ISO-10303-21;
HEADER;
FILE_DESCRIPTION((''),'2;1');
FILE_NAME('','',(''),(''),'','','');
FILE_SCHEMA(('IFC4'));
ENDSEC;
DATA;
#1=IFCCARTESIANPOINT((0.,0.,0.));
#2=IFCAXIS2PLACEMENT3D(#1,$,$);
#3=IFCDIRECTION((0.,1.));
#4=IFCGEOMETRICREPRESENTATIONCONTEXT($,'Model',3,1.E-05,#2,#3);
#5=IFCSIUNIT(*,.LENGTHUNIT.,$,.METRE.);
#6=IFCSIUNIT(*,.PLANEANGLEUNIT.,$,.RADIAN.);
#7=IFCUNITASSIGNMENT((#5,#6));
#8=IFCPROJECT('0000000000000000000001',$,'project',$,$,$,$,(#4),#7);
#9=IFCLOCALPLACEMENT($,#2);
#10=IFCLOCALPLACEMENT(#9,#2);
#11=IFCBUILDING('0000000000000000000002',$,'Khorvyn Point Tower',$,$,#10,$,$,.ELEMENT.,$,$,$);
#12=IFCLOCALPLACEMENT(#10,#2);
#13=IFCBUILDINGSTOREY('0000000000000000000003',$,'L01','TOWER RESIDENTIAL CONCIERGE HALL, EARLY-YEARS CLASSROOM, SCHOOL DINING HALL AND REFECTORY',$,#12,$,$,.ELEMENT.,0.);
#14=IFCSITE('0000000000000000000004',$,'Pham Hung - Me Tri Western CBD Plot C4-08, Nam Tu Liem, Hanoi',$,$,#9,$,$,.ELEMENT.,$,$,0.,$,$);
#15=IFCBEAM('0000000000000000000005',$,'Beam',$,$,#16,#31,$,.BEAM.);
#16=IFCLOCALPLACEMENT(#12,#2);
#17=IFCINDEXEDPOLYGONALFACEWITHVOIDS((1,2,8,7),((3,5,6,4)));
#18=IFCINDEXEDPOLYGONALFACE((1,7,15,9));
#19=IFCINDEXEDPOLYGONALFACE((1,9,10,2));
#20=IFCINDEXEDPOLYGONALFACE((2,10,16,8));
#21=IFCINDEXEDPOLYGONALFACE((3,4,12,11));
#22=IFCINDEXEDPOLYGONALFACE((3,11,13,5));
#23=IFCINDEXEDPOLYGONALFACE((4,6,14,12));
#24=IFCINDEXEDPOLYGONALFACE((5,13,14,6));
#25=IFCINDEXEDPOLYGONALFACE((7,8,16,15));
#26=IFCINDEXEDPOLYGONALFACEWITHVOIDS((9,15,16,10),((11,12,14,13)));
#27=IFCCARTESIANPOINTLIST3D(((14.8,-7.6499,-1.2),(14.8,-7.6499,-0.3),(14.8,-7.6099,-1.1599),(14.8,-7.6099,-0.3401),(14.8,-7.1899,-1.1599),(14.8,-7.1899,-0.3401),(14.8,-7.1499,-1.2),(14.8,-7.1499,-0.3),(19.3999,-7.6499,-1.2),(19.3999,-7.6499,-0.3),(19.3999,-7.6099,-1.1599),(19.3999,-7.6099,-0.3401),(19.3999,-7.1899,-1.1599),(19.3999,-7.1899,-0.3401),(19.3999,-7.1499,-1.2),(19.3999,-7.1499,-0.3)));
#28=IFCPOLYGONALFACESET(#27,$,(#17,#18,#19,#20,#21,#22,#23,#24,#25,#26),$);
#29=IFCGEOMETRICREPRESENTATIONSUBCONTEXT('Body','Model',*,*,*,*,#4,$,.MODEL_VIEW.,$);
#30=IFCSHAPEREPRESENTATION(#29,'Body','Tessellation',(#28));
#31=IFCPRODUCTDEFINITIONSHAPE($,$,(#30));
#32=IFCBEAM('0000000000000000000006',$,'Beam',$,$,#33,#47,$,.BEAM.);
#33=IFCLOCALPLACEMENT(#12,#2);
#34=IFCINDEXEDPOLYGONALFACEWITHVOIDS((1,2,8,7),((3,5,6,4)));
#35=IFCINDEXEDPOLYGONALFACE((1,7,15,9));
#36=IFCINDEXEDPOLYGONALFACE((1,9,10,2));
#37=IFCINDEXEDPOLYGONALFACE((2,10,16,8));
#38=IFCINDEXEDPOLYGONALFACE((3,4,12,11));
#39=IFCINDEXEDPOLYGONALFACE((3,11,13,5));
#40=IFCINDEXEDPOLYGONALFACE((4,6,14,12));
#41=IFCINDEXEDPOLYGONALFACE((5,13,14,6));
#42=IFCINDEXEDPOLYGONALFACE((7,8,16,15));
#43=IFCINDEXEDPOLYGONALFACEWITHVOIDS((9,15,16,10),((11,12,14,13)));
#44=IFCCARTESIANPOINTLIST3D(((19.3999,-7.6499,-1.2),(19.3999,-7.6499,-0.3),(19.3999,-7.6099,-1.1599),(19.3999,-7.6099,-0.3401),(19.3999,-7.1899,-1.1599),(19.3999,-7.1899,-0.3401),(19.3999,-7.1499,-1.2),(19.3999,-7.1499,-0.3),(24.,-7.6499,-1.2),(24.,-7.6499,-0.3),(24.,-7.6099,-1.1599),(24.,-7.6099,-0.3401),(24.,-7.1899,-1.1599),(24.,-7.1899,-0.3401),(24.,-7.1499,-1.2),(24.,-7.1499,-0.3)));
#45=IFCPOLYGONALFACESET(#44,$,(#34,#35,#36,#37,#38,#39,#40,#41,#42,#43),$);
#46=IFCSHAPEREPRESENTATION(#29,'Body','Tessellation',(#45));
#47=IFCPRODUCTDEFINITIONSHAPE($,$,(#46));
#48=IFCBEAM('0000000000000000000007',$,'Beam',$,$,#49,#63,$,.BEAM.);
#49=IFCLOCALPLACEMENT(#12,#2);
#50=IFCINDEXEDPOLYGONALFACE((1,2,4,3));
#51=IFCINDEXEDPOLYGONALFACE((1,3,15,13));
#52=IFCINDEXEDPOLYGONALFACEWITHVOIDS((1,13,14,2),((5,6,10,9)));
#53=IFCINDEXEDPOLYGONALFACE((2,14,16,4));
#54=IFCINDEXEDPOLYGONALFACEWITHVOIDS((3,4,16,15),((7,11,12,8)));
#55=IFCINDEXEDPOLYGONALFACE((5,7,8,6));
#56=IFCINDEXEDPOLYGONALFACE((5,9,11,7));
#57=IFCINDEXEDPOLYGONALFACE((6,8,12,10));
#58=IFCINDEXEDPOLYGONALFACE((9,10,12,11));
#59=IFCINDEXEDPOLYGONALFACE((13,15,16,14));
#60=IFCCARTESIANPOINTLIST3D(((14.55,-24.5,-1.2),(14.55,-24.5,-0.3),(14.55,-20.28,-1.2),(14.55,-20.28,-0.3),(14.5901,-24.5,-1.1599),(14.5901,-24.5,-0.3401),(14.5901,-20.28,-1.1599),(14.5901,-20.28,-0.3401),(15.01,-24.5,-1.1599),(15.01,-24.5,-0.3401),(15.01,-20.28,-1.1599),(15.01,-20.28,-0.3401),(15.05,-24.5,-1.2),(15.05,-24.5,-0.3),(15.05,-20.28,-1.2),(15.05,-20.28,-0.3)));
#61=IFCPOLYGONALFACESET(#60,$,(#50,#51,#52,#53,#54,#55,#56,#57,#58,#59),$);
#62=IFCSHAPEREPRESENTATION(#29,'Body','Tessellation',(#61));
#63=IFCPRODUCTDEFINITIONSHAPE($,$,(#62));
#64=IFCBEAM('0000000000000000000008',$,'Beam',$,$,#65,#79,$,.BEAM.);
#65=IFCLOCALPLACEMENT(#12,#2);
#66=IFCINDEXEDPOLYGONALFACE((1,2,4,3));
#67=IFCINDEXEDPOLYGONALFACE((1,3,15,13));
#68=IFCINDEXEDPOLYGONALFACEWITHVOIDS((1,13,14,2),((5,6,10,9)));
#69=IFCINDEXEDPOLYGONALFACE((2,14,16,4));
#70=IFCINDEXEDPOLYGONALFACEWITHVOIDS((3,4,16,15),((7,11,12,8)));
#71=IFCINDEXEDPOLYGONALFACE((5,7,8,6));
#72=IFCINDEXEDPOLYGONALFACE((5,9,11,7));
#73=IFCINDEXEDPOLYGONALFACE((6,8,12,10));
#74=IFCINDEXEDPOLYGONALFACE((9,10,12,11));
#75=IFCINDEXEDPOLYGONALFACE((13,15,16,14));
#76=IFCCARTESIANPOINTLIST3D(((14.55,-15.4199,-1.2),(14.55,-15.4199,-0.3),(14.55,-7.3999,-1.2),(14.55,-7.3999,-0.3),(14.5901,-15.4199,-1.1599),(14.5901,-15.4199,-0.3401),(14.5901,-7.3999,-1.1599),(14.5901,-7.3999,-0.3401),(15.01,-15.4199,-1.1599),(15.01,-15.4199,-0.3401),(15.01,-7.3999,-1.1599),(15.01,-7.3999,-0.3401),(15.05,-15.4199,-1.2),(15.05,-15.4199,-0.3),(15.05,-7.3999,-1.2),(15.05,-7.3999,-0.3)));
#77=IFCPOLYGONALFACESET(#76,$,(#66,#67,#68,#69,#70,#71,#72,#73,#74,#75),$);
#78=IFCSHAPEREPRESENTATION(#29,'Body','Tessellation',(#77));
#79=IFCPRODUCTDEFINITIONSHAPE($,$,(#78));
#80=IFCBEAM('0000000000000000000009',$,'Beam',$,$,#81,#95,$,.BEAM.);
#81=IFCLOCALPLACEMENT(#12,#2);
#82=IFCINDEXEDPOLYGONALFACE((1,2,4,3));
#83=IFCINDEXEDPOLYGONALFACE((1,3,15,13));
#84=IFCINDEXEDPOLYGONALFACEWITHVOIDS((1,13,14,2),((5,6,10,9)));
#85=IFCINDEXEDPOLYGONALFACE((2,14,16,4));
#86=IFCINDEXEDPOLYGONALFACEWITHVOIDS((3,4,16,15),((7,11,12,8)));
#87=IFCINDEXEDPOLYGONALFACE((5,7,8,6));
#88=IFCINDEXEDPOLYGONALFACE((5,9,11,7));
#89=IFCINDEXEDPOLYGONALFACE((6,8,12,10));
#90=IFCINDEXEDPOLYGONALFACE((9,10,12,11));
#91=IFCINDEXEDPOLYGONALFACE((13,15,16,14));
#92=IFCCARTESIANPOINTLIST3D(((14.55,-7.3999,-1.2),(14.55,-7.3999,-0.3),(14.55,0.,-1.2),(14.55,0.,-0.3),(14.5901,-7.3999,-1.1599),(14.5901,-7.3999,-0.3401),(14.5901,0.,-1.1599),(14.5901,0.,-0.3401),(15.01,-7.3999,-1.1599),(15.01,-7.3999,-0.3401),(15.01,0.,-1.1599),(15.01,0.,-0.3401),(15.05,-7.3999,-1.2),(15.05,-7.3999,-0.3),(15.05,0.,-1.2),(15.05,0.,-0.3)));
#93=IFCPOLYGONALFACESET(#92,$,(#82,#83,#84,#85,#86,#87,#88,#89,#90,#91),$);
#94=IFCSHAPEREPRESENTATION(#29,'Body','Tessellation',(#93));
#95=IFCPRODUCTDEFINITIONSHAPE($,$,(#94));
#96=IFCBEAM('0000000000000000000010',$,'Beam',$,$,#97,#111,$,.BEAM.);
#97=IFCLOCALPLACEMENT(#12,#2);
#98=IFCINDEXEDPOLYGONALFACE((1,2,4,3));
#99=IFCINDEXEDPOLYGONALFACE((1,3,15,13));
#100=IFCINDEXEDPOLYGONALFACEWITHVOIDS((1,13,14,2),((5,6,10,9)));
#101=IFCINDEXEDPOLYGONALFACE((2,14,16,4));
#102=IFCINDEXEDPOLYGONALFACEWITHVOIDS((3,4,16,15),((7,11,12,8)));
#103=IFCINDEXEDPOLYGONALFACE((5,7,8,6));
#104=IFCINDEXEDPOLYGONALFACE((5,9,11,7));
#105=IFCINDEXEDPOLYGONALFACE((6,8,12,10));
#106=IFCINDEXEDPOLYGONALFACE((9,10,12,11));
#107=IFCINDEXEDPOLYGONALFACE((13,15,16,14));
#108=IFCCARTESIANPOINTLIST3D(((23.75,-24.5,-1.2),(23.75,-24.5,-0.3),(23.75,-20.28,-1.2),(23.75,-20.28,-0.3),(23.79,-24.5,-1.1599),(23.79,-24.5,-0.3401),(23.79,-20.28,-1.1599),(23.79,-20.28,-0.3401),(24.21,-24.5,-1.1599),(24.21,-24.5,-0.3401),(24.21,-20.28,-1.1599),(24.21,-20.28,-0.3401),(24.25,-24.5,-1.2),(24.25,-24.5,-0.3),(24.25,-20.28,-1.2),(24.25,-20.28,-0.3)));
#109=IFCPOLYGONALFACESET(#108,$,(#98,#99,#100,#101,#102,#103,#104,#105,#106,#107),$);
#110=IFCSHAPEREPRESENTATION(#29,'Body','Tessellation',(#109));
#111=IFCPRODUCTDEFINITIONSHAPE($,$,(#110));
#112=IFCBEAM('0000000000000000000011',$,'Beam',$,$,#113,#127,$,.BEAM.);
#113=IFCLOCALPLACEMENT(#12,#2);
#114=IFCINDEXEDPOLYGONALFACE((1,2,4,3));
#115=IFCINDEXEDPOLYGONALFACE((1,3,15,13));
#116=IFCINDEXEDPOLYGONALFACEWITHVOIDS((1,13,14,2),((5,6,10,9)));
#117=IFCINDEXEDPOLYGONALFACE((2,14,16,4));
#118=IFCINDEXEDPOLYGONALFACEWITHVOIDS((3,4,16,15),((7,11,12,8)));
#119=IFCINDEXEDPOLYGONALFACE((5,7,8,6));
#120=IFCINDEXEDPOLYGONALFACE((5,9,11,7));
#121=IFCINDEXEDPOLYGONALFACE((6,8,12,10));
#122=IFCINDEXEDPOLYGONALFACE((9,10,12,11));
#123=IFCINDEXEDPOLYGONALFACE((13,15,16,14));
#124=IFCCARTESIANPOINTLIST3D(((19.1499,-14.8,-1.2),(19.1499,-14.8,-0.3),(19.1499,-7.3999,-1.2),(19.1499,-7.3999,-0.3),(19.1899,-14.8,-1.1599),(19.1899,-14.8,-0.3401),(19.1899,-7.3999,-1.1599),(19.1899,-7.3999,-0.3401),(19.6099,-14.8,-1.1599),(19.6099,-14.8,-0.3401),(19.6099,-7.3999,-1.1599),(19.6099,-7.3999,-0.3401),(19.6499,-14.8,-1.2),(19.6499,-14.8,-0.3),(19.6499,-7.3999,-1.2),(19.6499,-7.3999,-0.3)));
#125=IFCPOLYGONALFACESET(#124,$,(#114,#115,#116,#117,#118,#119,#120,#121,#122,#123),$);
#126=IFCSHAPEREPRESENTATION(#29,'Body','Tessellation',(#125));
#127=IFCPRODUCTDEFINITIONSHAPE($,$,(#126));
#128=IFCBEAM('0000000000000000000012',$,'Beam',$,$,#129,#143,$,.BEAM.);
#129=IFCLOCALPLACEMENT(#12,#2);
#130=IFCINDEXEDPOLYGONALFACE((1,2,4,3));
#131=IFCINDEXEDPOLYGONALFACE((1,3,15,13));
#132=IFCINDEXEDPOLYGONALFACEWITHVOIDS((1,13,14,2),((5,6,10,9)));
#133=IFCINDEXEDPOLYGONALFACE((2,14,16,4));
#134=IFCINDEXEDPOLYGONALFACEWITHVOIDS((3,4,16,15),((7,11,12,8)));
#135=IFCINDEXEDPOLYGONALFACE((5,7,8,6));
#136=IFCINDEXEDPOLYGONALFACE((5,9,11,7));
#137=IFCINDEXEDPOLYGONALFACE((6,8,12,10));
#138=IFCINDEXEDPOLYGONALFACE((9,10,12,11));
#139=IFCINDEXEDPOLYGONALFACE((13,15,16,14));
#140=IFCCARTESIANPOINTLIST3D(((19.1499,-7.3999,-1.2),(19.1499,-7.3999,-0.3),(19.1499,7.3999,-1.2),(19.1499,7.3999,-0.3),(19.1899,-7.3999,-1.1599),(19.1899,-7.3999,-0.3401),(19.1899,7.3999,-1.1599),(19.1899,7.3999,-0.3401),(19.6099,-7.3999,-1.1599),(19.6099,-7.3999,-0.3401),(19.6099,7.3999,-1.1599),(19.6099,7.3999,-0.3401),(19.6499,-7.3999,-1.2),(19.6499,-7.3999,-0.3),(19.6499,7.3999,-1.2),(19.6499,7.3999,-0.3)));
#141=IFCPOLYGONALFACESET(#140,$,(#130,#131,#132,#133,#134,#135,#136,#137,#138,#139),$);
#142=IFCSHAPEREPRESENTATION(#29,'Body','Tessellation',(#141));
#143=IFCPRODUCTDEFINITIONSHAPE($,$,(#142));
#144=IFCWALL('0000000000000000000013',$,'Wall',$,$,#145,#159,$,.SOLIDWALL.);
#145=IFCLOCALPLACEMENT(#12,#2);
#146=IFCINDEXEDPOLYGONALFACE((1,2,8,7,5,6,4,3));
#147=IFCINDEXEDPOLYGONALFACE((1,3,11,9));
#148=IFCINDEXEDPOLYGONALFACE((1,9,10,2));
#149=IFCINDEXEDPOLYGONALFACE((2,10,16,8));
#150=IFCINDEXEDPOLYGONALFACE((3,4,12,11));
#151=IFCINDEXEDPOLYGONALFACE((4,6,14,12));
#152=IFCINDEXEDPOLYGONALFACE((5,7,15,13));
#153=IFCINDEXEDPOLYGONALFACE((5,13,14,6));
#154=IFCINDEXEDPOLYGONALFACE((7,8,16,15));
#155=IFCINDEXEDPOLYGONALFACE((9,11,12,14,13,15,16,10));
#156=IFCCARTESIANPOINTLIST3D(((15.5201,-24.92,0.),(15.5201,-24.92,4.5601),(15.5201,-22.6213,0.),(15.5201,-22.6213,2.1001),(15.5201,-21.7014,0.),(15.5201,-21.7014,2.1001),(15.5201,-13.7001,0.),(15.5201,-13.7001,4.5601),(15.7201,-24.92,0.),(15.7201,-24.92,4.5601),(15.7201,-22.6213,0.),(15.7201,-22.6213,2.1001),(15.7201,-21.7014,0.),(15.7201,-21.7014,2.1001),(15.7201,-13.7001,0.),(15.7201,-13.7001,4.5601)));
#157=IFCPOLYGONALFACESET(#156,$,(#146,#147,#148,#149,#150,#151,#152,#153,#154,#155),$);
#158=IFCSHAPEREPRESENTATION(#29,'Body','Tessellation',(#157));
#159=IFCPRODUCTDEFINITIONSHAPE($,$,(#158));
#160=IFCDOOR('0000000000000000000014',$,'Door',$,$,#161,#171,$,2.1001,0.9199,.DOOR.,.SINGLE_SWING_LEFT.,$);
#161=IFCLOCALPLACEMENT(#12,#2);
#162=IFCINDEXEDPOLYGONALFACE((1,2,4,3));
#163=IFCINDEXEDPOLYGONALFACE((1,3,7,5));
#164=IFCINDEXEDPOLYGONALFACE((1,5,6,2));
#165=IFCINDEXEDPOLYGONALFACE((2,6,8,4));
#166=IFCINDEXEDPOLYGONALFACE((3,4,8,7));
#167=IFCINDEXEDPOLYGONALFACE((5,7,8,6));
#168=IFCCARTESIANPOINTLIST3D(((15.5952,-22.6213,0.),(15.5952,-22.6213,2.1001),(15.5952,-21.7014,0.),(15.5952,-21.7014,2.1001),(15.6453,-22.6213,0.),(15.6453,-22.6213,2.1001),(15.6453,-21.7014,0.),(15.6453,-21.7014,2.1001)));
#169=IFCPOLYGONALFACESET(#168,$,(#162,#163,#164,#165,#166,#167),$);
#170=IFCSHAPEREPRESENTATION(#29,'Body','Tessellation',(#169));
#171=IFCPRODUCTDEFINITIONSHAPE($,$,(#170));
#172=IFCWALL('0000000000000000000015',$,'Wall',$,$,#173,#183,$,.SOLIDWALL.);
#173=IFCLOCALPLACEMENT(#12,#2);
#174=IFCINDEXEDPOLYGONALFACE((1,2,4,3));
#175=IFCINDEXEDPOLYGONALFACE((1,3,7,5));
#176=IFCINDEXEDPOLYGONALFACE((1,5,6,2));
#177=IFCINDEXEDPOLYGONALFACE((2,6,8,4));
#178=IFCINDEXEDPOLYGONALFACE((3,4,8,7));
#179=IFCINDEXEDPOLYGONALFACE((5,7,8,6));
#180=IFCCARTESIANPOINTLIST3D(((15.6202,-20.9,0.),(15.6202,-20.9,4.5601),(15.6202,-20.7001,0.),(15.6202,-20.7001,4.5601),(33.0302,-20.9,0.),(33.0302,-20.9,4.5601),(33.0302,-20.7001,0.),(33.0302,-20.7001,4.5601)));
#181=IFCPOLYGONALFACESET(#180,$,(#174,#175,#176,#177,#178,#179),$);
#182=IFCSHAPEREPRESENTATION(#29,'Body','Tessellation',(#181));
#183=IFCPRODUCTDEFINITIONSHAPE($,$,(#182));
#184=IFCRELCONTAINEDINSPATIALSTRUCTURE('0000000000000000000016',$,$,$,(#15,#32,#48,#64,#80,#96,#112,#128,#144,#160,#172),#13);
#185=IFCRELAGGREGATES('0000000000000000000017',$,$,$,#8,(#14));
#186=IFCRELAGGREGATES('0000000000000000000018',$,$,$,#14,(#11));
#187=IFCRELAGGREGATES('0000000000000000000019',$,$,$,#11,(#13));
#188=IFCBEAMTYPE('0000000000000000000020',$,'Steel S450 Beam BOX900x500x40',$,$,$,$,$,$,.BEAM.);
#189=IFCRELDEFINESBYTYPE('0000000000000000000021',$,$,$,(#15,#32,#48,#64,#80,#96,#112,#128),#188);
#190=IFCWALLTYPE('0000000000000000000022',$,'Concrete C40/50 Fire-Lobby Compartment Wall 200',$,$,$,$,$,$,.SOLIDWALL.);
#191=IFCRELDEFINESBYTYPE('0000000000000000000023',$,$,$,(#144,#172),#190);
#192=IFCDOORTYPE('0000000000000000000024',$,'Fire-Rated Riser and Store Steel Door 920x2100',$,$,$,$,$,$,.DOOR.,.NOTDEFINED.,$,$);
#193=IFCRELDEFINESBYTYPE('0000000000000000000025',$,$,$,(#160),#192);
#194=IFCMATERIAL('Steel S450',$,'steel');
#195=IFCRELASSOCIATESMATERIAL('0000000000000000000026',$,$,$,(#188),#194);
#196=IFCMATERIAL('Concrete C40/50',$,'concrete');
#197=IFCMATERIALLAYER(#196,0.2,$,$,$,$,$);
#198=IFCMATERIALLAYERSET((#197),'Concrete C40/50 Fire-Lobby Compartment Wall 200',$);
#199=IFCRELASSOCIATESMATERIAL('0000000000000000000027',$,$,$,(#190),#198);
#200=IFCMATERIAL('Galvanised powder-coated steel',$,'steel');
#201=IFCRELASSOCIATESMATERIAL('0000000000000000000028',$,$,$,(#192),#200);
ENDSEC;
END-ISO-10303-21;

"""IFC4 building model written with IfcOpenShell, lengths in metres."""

from ifc_helpers import new_model, si_unit, direction, frame, frame_2d, origin, origin_2d, place, context, subcontext, project, spatial, rectangle, hollow_rectangle, extrude, material, layer, layer_set, material_profile, profile_set, type_object, element, fill, save


model = new_model("IFC4")

# Units and contexts
model_context = context("Model", 3, precision=1e-05, world=origin(), true_north=direction((0.0, 1.0)))
body_context = subcontext(model_context, "Body", "Model", "MODEL_VIEW")
ifc_project = project(units=[si_unit("LENGTHUNIT", "METRE"), si_unit("PLANEANGLEUNIT", "RADIAN")], contexts=[model_context])

# Site, building, storey
site_placement = place(None, origin())
site = spatial("IfcSite", under=ifc_project, at=site_placement, Name="Pham Hung - Me Tri Western CBD Plot C4-08, Nam Tu Liem, Hanoi", CompositionType="ELEMENT", RefElevation=0.0)
building_placement = place(site_placement, origin())
building = spatial("IfcBuilding", under=site, at=building_placement, Name="Khorvyn Point Tower", CompositionType="ELEMENT")
storey_placement = place(building_placement, origin())
storey = spatial("IfcBuildingStorey", under=building, at=storey_placement, Name="L01", Description="TOWER RESIDENTIAL CONCIERGE HALL, EARLY-YEARS CLASSROOM, SCHOOL DINING HALL AND REFECTORY", CompositionType="ELEMENT", Elevation=0.0)

# Shared definitions
ifc_material_1 = material(Name="Concrete C40/50", Category="concrete")

# Beams
ifc_material_2 = material(Name="Steel S450", Category="steel")
ifc_material_profile_1 = material_profile(ifc_material_2, hollow_rectangle(XDim=0.5, YDim=0.8999, WallThickness=0.04, at=origin_2d()))
ifc_profile_set_1 = profile_set([ifc_material_profile_1], Name="Steel S450 BOX900x500x40")
beam_type_1 = type_object("IfcBeamType", Name="Steel S450 Beam BOX900x500x40", PredefinedType="BEAM", material=ifc_profile_set_1)
beam_1_placement = place(storey_placement, frame((14.8, -7.3999, -0.75), z_axis=(1.0, 0.0, 0.0), x_axis=(0.0, 1.0, 0.0)))
element("IfcBeam", 1, at=beam_1_placement, inside=storey, type_object=beam_type_1, Name="Beam", PredefinedType="BEAM", context=body_context, shape_type="SweptSolid", body=[
    extrude(hollow_rectangle(XDim=0.5, YDim=0.8999, WallThickness=0.04, at=origin_2d()), origin(), (0.0, 0.0, 1.0), 4.5999),
])
beam_2_placement = place(storey_placement, frame((19.3999, -7.3999, -0.75), z_axis=(1.0, 0.0, 0.0), x_axis=(0.0, 1.0, 0.0)))
element("IfcBeam", 2, at=beam_2_placement, inside=storey, type_object=beam_type_1, Name="Beam", PredefinedType="BEAM", context=body_context, shape_type="SweptSolid", body=[
    extrude(hollow_rectangle(XDim=0.5, YDim=0.8999, WallThickness=0.04, at=origin_2d()), origin(), (0.0, 0.0, 1.0), 4.6001),
])
beam_3_placement = place(storey_placement, frame((14.8, -24.5, -0.75), z_axis=(0.0, 1.0, 0.0), x_axis=(-1.0, 0.0, 0.0)))
element("IfcBeam", 3, at=beam_3_placement, inside=storey, type_object=beam_type_1, Name="Beam", PredefinedType="BEAM", context=body_context, shape_type="SweptSolid", body=[
    extrude(hollow_rectangle(XDim=0.5, YDim=0.8999, WallThickness=0.04, at=origin_2d()), origin(), (0.0, 0.0, 1.0), 4.22),
])
beam_4_placement = place(storey_placement, frame((14.8, -15.4199, -0.75), z_axis=(0.0, 1.0, 0.0), x_axis=(-1.0, 0.0, 0.0)))
element("IfcBeam", 4, at=beam_4_placement, inside=storey, type_object=beam_type_1, Name="Beam", PredefinedType="BEAM", context=body_context, shape_type="SweptSolid", body=[
    extrude(hollow_rectangle(XDim=0.5, YDim=0.8999, WallThickness=0.04, at=origin_2d()), origin(), (0.0, 0.0, 1.0), 8.02),
])
beam_5_placement = place(storey_placement, frame((14.8, -7.3999, -0.75), z_axis=(0.0, 1.0, 0.0), x_axis=(-1.0, 0.0, 0.0)))
element("IfcBeam", 5, at=beam_5_placement, inside=storey, type_object=beam_type_1, Name="Beam", PredefinedType="BEAM", context=body_context, shape_type="SweptSolid", body=[
    extrude(hollow_rectangle(XDim=0.5, YDim=0.8999, WallThickness=0.04, at=origin_2d()), origin(), (0.0, 0.0, 1.0), 7.3999),
])
beam_6_placement = place(storey_placement, frame((24.0, -24.5, -0.75), z_axis=(0.0, 1.0, 0.0), x_axis=(-1.0, 0.0, 0.0)))
element("IfcBeam", 6, at=beam_6_placement, inside=storey, type_object=beam_type_1, Name="Beam", PredefinedType="BEAM", context=body_context, shape_type="SweptSolid", body=[
    extrude(hollow_rectangle(XDim=0.5, YDim=0.8999, WallThickness=0.04, at=origin_2d()), origin(), (0.0, 0.0, 1.0), 4.22),
])
beam_7_placement = place(storey_placement, frame((19.3999, -14.8, -0.75), z_axis=(0.0, 1.0, 0.0), x_axis=(-1.0, 0.0, 0.0)))
element("IfcBeam", 7, at=beam_7_placement, inside=storey, type_object=beam_type_1, Name="Beam", PredefinedType="BEAM", context=body_context, shape_type="SweptSolid", body=[
    extrude(hollow_rectangle(XDim=0.5, YDim=0.8999, WallThickness=0.04, at=origin_2d()), origin(), (0.0, 0.0, 1.0), 7.4001),
])
beam_8_placement = place(storey_placement, frame((19.3999, -7.3999, -0.75), z_axis=(0.0, 1.0, 0.0), x_axis=(-1.0, 0.0, 0.0)))
element("IfcBeam", 8, at=beam_8_placement, inside=storey, type_object=beam_type_1, Name="Beam", PredefinedType="BEAM", context=body_context, shape_type="SweptSolid", body=[
    extrude(hollow_rectangle(XDim=0.5, YDim=0.8999, WallThickness=0.04, at=origin_2d()), origin(), (0.0, 0.0, 1.0), 14.7998),
])

# Wall, opening, door
ifc_layer_1 = layer(ifc_material_1, 0.2)
ifc_layer_set_1 = layer_set([ifc_layer_1], Name="Concrete C40/50 Fire-Lobby Compartment Wall 200")
wall_type_1 = type_object("IfcWallType", Name="Concrete C40/50 Fire-Lobby Compartment Wall 200", PredefinedType="SOLIDWALL", material=ifc_layer_set_1)
ifc_material_3 = material(Name="Galvanised powder-coated steel", Category="steel")
wall_1_placement = place(storey_placement, frame((15.6201, -24.9199, 0.0), z_axis=(0.0, 0.0, 1.0), x_axis=(0.0, 1.0, 0.0)))
wall_1 = element("IfcWall", 9, at=wall_1_placement, inside=storey, type_object=wall_type_1, Name="Wall", PredefinedType="SOLIDWALL", context=body_context, shape_type="SweptSolid", body=[
    extrude(rectangle(XDim=11.22, YDim=0.2, at=frame_2d((5.6099, 0.0))), origin(), (0.0, 0.0, 1.0), 4.5601),
])
opening_1_placement = place(wall_1_placement, frame((2.2986, 0.0, 0.0)))
opening_1 = element("IfcOpeningElement", 10, at=opening_1_placement, cuts=wall_1, PredefinedType="OPENING", context=body_context, shape_type="SweptSolid", body=[
    extrude(rectangle(XDim=0.9199, YDim=2.1001, at=frame_2d((0.46, 1.05))), frame((0.0, 0.1099, 0.0), z_axis=(0.0, -1.0, 0.0), x_axis=(1.0, 0.0, 0.0)), (0.0, 0.0, 1.0), 0.22),
])
door_type_1 = type_object("IfcDoorType", Name="Fire-Rated Riser and Store Steel Door 920x2100", OperationType="NOTDEFINED", PredefinedType="DOOR", material=ifc_material_3)
door_1_placement = place(opening_1_placement, origin())
door_1 = element("IfcDoor", 11, at=door_1_placement, inside=storey, type_object=door_type_1, Name="Door", OperationType="SINGLE_SWING_LEFT", OverallHeight=2.1001, OverallWidth=0.9199, PredefinedType="DOOR", context=body_context, shape_type="SweptSolid", body=[
    extrude(rectangle(XDim=0.9199, YDim=2.1001, at=frame_2d((0.46, 1.05))), frame((0.0, 0.0249, 0.0), z_axis=(0.0, -1.0, 0.0), x_axis=(1.0, 0.0, 0.0)), (0.0, 0.0, 1.0), 0.05),
])
fill(opening_1, door_1)

# Wall
wall_2_placement = place(storey_placement, frame((15.6201, -20.8, 0.0), z_axis=(0.0, 0.0, 1.0), x_axis=(1.0, 0.0, 0.0)))
element("IfcWall", 12, at=wall_2_placement, inside=storey, type_object=wall_type_1, Name="Wall", PredefinedType="SOLIDWALL", context=body_context, shape_type="SweptSolid", body=[
    extrude(rectangle(XDim=17.4099, YDim=0.2, at=frame_2d((8.7051, 0.0))), origin(), (0.0, 0.0, 1.0), 4.5601),
])

save(model, "model.ifc")
